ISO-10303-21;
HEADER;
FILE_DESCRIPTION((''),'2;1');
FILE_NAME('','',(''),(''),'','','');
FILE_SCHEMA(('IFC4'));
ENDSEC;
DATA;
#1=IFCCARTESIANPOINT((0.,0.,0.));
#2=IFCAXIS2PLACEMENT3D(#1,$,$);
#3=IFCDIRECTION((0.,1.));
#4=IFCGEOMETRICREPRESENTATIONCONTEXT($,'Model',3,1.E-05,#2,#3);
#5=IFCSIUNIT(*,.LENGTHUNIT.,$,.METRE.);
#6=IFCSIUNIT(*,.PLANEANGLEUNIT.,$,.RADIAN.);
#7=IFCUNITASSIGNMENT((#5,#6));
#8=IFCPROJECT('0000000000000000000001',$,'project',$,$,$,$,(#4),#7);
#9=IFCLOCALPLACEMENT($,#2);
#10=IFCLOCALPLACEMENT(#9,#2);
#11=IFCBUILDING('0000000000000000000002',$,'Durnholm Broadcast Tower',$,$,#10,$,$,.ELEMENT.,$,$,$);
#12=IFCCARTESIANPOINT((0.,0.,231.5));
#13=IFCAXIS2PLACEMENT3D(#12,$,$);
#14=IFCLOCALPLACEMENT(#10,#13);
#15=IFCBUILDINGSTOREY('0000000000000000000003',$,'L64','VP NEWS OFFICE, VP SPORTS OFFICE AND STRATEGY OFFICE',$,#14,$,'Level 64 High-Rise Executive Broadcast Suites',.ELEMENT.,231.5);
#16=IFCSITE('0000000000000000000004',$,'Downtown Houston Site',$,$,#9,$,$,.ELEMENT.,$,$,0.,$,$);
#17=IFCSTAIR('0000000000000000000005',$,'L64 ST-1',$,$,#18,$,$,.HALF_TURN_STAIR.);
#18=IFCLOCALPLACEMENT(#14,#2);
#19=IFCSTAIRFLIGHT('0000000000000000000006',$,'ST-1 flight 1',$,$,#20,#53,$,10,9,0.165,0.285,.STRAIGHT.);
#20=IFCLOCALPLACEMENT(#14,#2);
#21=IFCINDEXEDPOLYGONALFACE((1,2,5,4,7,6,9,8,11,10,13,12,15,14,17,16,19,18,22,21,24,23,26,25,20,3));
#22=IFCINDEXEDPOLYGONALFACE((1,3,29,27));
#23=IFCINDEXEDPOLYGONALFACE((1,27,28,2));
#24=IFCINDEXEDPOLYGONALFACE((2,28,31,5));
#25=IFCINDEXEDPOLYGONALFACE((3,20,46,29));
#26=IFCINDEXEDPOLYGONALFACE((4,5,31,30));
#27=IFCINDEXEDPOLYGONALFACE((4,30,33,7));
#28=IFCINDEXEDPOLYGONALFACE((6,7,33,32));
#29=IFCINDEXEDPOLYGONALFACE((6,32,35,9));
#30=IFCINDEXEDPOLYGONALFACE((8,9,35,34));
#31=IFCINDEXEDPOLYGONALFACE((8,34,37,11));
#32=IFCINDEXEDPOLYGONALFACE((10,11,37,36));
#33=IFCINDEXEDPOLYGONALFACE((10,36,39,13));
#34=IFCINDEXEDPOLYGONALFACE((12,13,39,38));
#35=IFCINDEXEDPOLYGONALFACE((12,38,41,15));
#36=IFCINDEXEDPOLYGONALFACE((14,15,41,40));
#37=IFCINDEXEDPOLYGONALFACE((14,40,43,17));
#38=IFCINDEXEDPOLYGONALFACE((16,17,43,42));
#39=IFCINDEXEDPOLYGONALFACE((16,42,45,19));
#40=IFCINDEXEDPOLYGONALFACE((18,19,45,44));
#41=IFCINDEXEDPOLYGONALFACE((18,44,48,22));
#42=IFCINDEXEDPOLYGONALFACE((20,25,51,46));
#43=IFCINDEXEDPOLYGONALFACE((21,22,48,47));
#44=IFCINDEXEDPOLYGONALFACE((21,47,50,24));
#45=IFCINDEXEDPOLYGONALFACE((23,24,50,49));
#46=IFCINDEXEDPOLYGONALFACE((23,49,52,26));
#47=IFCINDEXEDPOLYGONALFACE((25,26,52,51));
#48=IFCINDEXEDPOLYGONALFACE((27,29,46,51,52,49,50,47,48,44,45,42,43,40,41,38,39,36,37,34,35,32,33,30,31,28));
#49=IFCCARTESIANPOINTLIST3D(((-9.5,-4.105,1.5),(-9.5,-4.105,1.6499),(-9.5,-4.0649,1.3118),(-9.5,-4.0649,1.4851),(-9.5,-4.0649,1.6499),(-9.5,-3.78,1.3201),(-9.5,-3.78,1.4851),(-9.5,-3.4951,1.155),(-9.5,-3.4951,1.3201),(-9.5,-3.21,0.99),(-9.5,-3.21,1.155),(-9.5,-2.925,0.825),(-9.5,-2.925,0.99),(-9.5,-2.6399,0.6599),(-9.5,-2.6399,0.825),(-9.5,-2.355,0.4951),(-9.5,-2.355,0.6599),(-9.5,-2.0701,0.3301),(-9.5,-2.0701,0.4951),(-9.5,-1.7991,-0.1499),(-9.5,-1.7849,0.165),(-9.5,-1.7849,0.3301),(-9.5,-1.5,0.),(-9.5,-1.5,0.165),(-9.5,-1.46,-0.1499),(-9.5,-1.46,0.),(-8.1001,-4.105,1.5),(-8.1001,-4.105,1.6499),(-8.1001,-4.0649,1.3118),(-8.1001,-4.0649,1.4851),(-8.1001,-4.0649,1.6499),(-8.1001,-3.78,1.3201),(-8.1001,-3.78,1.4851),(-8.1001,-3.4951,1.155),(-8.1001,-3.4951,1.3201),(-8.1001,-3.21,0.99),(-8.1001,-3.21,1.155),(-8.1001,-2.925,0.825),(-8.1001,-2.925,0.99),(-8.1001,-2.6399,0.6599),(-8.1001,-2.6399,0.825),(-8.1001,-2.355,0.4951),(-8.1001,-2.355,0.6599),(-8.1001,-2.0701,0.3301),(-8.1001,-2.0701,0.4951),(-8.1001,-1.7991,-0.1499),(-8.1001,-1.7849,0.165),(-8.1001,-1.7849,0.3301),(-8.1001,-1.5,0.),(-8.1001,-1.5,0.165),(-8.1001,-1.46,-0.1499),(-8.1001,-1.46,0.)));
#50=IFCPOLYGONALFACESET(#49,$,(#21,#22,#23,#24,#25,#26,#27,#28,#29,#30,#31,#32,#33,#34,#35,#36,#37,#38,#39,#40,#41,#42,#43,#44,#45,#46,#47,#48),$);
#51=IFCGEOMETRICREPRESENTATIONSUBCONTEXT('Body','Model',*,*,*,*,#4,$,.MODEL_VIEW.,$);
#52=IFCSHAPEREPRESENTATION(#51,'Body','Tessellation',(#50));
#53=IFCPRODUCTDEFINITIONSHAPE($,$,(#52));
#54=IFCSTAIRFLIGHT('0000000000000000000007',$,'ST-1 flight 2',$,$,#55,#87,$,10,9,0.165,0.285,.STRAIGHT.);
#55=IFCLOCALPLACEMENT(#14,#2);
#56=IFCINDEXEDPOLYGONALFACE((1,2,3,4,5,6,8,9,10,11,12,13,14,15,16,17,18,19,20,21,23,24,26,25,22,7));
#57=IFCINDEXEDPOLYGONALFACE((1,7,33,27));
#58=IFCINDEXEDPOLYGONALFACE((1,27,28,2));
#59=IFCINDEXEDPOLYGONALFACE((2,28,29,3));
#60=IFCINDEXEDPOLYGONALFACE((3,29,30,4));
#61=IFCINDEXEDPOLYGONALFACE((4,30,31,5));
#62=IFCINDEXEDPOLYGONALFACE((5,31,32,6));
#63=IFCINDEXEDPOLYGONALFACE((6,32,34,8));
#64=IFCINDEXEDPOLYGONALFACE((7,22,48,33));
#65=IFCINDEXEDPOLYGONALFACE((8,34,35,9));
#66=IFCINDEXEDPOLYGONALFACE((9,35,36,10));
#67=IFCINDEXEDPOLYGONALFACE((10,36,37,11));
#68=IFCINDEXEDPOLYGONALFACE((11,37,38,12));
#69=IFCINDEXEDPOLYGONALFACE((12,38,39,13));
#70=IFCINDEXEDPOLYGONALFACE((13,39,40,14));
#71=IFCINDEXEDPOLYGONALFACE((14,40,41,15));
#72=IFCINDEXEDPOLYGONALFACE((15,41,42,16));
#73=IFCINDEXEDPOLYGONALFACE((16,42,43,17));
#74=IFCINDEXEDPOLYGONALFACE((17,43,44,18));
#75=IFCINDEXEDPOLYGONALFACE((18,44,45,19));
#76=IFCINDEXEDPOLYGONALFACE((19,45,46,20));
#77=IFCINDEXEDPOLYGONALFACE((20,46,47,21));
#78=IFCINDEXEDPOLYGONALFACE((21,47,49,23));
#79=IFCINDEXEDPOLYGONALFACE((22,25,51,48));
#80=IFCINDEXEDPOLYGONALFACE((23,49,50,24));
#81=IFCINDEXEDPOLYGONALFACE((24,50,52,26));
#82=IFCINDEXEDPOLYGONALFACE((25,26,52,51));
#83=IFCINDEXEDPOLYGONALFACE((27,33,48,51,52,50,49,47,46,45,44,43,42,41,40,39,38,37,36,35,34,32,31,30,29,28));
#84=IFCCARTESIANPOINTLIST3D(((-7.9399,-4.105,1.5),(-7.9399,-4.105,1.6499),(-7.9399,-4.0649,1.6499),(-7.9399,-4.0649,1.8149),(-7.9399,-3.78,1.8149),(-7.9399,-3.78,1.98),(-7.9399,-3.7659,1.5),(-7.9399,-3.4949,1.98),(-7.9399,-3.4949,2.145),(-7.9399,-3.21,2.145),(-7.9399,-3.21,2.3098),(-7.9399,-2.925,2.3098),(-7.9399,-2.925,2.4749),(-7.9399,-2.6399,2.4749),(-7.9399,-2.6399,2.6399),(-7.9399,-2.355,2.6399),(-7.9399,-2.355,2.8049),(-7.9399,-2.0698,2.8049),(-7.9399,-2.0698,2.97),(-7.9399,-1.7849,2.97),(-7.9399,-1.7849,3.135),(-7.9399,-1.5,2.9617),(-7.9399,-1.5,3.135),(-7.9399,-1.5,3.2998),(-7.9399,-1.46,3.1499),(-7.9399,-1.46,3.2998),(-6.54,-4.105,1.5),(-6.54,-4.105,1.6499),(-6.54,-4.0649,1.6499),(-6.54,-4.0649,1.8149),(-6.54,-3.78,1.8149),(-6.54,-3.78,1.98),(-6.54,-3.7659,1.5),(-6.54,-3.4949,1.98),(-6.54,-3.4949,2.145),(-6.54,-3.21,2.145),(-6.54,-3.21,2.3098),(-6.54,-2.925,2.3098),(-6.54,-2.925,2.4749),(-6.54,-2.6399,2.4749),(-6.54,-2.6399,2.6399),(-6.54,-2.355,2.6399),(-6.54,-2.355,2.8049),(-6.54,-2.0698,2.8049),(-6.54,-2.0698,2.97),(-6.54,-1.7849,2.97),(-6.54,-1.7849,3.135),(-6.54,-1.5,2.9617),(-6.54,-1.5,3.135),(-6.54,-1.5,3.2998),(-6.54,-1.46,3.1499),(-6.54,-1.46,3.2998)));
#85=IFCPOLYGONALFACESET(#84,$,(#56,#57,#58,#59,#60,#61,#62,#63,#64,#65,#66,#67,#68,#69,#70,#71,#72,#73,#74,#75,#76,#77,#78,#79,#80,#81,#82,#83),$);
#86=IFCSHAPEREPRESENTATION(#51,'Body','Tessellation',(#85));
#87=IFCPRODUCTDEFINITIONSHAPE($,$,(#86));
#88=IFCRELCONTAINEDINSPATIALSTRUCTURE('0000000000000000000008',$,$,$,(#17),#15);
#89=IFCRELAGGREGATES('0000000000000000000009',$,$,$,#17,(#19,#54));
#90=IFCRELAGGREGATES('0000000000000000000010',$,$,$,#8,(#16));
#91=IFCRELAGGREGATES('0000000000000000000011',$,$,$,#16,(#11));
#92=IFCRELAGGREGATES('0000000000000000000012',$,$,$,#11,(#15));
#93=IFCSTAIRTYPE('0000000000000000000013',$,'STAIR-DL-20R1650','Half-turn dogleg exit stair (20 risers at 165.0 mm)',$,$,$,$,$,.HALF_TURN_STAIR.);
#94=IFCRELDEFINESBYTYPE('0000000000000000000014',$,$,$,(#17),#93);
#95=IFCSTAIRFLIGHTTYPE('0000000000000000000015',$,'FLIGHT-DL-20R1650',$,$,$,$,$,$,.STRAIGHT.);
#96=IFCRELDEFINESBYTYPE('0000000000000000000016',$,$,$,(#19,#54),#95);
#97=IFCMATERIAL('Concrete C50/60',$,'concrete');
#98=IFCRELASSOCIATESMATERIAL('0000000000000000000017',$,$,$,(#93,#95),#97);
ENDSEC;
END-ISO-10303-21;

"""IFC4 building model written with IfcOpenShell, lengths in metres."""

from ifc_helpers import new_model, si_unit, direction, frame, origin, place, context, subcontext, project, spatial, polyline, outline, extrude, material, type_object, element, aggregate, save


model = new_model("IFC4")

# Units and contexts
model_context = context("Model", 3, precision=1e-05, world=origin(), true_north=direction((0.0, 1.0)))
body_context = subcontext(model_context, "Body", "Model", "MODEL_VIEW")
ifc_project = project(units=[si_unit("LENGTHUNIT", "METRE"), si_unit("PLANEANGLEUNIT", "RADIAN")], contexts=[model_context])

# Site, building, storey
site_placement = place(None, origin())
site = spatial("IfcSite", under=ifc_project, at=site_placement, Name="Downtown Houston Site", CompositionType="ELEMENT", RefElevation=0.0)
building_placement = place(site_placement, origin())
building = spatial("IfcBuilding", under=site, at=building_placement, Name="Durnholm Broadcast Tower", CompositionType="ELEMENT")
storey_placement = place(building_placement, frame((0.0, 0.0, 231.5)))
storey = spatial("IfcBuildingStorey", under=building, at=storey_placement, Name="L64", Description="VP NEWS OFFICE, VP SPORTS OFFICE AND STRATEGY OFFICE", LongName="Level 64 High-Rise Executive Broadcast Suites", CompositionType="ELEMENT", Elevation=231.5)

# Shared definitions
ifc_material_1 = material(Name="Concrete C50/60", Category="concrete")

# Stair, stair flights
stair_type = type_object("IfcStairType", Name="STAIR-DL-20R1650", Description="Half-turn dogleg exit stair (20 risers at 165.0 mm)", PredefinedType="HALF_TURN_STAIR", material=ifc_material_1)
stair_placement = place(storey_placement, origin())
stair = element("IfcStair", 1, at=stair_placement, inside=storey, type_object=stair_type, Name="L64 ST-1", PredefinedType="HALF_TURN_STAIR")
stair_flight_type = type_object("IfcStairFlightType", Name="FLIGHT-DL-20R1650", PredefinedType="STRAIGHT", material=ifc_material_1)
stair_flight_1_placement = place(storey_placement, frame((-8.8, -1.5, 0.0), z_axis=(0.0, 0.0, 1.0), x_axis=(0.0, -1.0, 0.0)))
stair_flight_1 = element("IfcStairFlight", 2, at=stair_flight_1_placement, type_object=stair_flight_type, Name="ST-1 flight 1", NumberOfRisers=10, NumberOfTreads=9, PredefinedType="STRAIGHT", RiserHeight=0.165, TreadLength=0.285, context=body_context, shape_type="SweptSolid", body=[
    extrude(outline(polyline([(-0.04, -0.1499), (-0.04, 0.0), (0.0, 0.0), (0.0, 0.165), (0.2849, 0.165), (0.2849, 0.3301), (0.5701, 0.3301), (0.5701, 0.4951), (0.855, 0.4951), (0.855, 0.6599), (1.1399, 0.6599), (1.1399, 0.825), (1.425, 0.825), (1.425, 0.99), (1.71, 0.99), (1.71, 1.155), (1.9951, 1.155), (1.9951, 1.3201), (2.28, 1.3201), (2.28, 1.4851), (2.5649, 1.4851), (2.5649, 1.6499), (2.605, 1.6499), (2.605, 1.5), (2.5649, 1.3118), (0.2991, -0.1499), (-0.04, -0.1499)])), frame((0.0, 0.7, 0.0), z_axis=(0.0, -1.0, 0.0), x_axis=(1.0, 0.0, 0.0)), (0.0, 0.0, 1.0), 1.3999),
])
stair_flight_2_placement = place(storey_placement, frame((-7.24, -4.0649, 1.6499), z_axis=(0.0, 0.0, 1.0), x_axis=(0.0, 1.0, 0.0)))
stair_flight_2 = element("IfcStairFlight", 3, at=stair_flight_2_placement, type_object=stair_flight_type, Name="ST-1 flight 2", NumberOfRisers=10, NumberOfTreads=9, PredefinedType="STRAIGHT", RiserHeight=0.165, TreadLength=0.285, context=body_context, shape_type="SweptSolid", body=[
    extrude(outline(polyline([(-0.04, -0.1499), (-0.04, 0.0), (0.0, 0.0), (0.0, 0.165), (0.2849, 0.165), (0.2849, 0.3301), (0.5701, 0.3301), (0.5701, 0.4951), (0.855, 0.4951), (0.855, 0.6599), (1.1399, 0.6599), (1.1399, 0.825), (1.425, 0.825), (1.425, 0.99), (1.71, 0.99), (1.71, 1.155), (1.9951, 1.155), (1.9951, 1.3201), (2.28, 1.3201), (2.28, 1.4851), (2.5649, 1.4851), (2.5649, 1.6499), (2.605, 1.6499), (2.605, 1.5), (2.5649, 1.3118), (0.2991, -0.1499), (-0.04, -0.1499)])), frame((0.0, 0.7, 0.0), z_axis=(0.0, -1.0, 0.0), x_axis=(1.0, 0.0, 0.0)), (0.0, 0.0, 1.0), 1.3999),
])
aggregate(stair, [stair_flight_1, stair_flight_2])

save(model, "model.ifc")
